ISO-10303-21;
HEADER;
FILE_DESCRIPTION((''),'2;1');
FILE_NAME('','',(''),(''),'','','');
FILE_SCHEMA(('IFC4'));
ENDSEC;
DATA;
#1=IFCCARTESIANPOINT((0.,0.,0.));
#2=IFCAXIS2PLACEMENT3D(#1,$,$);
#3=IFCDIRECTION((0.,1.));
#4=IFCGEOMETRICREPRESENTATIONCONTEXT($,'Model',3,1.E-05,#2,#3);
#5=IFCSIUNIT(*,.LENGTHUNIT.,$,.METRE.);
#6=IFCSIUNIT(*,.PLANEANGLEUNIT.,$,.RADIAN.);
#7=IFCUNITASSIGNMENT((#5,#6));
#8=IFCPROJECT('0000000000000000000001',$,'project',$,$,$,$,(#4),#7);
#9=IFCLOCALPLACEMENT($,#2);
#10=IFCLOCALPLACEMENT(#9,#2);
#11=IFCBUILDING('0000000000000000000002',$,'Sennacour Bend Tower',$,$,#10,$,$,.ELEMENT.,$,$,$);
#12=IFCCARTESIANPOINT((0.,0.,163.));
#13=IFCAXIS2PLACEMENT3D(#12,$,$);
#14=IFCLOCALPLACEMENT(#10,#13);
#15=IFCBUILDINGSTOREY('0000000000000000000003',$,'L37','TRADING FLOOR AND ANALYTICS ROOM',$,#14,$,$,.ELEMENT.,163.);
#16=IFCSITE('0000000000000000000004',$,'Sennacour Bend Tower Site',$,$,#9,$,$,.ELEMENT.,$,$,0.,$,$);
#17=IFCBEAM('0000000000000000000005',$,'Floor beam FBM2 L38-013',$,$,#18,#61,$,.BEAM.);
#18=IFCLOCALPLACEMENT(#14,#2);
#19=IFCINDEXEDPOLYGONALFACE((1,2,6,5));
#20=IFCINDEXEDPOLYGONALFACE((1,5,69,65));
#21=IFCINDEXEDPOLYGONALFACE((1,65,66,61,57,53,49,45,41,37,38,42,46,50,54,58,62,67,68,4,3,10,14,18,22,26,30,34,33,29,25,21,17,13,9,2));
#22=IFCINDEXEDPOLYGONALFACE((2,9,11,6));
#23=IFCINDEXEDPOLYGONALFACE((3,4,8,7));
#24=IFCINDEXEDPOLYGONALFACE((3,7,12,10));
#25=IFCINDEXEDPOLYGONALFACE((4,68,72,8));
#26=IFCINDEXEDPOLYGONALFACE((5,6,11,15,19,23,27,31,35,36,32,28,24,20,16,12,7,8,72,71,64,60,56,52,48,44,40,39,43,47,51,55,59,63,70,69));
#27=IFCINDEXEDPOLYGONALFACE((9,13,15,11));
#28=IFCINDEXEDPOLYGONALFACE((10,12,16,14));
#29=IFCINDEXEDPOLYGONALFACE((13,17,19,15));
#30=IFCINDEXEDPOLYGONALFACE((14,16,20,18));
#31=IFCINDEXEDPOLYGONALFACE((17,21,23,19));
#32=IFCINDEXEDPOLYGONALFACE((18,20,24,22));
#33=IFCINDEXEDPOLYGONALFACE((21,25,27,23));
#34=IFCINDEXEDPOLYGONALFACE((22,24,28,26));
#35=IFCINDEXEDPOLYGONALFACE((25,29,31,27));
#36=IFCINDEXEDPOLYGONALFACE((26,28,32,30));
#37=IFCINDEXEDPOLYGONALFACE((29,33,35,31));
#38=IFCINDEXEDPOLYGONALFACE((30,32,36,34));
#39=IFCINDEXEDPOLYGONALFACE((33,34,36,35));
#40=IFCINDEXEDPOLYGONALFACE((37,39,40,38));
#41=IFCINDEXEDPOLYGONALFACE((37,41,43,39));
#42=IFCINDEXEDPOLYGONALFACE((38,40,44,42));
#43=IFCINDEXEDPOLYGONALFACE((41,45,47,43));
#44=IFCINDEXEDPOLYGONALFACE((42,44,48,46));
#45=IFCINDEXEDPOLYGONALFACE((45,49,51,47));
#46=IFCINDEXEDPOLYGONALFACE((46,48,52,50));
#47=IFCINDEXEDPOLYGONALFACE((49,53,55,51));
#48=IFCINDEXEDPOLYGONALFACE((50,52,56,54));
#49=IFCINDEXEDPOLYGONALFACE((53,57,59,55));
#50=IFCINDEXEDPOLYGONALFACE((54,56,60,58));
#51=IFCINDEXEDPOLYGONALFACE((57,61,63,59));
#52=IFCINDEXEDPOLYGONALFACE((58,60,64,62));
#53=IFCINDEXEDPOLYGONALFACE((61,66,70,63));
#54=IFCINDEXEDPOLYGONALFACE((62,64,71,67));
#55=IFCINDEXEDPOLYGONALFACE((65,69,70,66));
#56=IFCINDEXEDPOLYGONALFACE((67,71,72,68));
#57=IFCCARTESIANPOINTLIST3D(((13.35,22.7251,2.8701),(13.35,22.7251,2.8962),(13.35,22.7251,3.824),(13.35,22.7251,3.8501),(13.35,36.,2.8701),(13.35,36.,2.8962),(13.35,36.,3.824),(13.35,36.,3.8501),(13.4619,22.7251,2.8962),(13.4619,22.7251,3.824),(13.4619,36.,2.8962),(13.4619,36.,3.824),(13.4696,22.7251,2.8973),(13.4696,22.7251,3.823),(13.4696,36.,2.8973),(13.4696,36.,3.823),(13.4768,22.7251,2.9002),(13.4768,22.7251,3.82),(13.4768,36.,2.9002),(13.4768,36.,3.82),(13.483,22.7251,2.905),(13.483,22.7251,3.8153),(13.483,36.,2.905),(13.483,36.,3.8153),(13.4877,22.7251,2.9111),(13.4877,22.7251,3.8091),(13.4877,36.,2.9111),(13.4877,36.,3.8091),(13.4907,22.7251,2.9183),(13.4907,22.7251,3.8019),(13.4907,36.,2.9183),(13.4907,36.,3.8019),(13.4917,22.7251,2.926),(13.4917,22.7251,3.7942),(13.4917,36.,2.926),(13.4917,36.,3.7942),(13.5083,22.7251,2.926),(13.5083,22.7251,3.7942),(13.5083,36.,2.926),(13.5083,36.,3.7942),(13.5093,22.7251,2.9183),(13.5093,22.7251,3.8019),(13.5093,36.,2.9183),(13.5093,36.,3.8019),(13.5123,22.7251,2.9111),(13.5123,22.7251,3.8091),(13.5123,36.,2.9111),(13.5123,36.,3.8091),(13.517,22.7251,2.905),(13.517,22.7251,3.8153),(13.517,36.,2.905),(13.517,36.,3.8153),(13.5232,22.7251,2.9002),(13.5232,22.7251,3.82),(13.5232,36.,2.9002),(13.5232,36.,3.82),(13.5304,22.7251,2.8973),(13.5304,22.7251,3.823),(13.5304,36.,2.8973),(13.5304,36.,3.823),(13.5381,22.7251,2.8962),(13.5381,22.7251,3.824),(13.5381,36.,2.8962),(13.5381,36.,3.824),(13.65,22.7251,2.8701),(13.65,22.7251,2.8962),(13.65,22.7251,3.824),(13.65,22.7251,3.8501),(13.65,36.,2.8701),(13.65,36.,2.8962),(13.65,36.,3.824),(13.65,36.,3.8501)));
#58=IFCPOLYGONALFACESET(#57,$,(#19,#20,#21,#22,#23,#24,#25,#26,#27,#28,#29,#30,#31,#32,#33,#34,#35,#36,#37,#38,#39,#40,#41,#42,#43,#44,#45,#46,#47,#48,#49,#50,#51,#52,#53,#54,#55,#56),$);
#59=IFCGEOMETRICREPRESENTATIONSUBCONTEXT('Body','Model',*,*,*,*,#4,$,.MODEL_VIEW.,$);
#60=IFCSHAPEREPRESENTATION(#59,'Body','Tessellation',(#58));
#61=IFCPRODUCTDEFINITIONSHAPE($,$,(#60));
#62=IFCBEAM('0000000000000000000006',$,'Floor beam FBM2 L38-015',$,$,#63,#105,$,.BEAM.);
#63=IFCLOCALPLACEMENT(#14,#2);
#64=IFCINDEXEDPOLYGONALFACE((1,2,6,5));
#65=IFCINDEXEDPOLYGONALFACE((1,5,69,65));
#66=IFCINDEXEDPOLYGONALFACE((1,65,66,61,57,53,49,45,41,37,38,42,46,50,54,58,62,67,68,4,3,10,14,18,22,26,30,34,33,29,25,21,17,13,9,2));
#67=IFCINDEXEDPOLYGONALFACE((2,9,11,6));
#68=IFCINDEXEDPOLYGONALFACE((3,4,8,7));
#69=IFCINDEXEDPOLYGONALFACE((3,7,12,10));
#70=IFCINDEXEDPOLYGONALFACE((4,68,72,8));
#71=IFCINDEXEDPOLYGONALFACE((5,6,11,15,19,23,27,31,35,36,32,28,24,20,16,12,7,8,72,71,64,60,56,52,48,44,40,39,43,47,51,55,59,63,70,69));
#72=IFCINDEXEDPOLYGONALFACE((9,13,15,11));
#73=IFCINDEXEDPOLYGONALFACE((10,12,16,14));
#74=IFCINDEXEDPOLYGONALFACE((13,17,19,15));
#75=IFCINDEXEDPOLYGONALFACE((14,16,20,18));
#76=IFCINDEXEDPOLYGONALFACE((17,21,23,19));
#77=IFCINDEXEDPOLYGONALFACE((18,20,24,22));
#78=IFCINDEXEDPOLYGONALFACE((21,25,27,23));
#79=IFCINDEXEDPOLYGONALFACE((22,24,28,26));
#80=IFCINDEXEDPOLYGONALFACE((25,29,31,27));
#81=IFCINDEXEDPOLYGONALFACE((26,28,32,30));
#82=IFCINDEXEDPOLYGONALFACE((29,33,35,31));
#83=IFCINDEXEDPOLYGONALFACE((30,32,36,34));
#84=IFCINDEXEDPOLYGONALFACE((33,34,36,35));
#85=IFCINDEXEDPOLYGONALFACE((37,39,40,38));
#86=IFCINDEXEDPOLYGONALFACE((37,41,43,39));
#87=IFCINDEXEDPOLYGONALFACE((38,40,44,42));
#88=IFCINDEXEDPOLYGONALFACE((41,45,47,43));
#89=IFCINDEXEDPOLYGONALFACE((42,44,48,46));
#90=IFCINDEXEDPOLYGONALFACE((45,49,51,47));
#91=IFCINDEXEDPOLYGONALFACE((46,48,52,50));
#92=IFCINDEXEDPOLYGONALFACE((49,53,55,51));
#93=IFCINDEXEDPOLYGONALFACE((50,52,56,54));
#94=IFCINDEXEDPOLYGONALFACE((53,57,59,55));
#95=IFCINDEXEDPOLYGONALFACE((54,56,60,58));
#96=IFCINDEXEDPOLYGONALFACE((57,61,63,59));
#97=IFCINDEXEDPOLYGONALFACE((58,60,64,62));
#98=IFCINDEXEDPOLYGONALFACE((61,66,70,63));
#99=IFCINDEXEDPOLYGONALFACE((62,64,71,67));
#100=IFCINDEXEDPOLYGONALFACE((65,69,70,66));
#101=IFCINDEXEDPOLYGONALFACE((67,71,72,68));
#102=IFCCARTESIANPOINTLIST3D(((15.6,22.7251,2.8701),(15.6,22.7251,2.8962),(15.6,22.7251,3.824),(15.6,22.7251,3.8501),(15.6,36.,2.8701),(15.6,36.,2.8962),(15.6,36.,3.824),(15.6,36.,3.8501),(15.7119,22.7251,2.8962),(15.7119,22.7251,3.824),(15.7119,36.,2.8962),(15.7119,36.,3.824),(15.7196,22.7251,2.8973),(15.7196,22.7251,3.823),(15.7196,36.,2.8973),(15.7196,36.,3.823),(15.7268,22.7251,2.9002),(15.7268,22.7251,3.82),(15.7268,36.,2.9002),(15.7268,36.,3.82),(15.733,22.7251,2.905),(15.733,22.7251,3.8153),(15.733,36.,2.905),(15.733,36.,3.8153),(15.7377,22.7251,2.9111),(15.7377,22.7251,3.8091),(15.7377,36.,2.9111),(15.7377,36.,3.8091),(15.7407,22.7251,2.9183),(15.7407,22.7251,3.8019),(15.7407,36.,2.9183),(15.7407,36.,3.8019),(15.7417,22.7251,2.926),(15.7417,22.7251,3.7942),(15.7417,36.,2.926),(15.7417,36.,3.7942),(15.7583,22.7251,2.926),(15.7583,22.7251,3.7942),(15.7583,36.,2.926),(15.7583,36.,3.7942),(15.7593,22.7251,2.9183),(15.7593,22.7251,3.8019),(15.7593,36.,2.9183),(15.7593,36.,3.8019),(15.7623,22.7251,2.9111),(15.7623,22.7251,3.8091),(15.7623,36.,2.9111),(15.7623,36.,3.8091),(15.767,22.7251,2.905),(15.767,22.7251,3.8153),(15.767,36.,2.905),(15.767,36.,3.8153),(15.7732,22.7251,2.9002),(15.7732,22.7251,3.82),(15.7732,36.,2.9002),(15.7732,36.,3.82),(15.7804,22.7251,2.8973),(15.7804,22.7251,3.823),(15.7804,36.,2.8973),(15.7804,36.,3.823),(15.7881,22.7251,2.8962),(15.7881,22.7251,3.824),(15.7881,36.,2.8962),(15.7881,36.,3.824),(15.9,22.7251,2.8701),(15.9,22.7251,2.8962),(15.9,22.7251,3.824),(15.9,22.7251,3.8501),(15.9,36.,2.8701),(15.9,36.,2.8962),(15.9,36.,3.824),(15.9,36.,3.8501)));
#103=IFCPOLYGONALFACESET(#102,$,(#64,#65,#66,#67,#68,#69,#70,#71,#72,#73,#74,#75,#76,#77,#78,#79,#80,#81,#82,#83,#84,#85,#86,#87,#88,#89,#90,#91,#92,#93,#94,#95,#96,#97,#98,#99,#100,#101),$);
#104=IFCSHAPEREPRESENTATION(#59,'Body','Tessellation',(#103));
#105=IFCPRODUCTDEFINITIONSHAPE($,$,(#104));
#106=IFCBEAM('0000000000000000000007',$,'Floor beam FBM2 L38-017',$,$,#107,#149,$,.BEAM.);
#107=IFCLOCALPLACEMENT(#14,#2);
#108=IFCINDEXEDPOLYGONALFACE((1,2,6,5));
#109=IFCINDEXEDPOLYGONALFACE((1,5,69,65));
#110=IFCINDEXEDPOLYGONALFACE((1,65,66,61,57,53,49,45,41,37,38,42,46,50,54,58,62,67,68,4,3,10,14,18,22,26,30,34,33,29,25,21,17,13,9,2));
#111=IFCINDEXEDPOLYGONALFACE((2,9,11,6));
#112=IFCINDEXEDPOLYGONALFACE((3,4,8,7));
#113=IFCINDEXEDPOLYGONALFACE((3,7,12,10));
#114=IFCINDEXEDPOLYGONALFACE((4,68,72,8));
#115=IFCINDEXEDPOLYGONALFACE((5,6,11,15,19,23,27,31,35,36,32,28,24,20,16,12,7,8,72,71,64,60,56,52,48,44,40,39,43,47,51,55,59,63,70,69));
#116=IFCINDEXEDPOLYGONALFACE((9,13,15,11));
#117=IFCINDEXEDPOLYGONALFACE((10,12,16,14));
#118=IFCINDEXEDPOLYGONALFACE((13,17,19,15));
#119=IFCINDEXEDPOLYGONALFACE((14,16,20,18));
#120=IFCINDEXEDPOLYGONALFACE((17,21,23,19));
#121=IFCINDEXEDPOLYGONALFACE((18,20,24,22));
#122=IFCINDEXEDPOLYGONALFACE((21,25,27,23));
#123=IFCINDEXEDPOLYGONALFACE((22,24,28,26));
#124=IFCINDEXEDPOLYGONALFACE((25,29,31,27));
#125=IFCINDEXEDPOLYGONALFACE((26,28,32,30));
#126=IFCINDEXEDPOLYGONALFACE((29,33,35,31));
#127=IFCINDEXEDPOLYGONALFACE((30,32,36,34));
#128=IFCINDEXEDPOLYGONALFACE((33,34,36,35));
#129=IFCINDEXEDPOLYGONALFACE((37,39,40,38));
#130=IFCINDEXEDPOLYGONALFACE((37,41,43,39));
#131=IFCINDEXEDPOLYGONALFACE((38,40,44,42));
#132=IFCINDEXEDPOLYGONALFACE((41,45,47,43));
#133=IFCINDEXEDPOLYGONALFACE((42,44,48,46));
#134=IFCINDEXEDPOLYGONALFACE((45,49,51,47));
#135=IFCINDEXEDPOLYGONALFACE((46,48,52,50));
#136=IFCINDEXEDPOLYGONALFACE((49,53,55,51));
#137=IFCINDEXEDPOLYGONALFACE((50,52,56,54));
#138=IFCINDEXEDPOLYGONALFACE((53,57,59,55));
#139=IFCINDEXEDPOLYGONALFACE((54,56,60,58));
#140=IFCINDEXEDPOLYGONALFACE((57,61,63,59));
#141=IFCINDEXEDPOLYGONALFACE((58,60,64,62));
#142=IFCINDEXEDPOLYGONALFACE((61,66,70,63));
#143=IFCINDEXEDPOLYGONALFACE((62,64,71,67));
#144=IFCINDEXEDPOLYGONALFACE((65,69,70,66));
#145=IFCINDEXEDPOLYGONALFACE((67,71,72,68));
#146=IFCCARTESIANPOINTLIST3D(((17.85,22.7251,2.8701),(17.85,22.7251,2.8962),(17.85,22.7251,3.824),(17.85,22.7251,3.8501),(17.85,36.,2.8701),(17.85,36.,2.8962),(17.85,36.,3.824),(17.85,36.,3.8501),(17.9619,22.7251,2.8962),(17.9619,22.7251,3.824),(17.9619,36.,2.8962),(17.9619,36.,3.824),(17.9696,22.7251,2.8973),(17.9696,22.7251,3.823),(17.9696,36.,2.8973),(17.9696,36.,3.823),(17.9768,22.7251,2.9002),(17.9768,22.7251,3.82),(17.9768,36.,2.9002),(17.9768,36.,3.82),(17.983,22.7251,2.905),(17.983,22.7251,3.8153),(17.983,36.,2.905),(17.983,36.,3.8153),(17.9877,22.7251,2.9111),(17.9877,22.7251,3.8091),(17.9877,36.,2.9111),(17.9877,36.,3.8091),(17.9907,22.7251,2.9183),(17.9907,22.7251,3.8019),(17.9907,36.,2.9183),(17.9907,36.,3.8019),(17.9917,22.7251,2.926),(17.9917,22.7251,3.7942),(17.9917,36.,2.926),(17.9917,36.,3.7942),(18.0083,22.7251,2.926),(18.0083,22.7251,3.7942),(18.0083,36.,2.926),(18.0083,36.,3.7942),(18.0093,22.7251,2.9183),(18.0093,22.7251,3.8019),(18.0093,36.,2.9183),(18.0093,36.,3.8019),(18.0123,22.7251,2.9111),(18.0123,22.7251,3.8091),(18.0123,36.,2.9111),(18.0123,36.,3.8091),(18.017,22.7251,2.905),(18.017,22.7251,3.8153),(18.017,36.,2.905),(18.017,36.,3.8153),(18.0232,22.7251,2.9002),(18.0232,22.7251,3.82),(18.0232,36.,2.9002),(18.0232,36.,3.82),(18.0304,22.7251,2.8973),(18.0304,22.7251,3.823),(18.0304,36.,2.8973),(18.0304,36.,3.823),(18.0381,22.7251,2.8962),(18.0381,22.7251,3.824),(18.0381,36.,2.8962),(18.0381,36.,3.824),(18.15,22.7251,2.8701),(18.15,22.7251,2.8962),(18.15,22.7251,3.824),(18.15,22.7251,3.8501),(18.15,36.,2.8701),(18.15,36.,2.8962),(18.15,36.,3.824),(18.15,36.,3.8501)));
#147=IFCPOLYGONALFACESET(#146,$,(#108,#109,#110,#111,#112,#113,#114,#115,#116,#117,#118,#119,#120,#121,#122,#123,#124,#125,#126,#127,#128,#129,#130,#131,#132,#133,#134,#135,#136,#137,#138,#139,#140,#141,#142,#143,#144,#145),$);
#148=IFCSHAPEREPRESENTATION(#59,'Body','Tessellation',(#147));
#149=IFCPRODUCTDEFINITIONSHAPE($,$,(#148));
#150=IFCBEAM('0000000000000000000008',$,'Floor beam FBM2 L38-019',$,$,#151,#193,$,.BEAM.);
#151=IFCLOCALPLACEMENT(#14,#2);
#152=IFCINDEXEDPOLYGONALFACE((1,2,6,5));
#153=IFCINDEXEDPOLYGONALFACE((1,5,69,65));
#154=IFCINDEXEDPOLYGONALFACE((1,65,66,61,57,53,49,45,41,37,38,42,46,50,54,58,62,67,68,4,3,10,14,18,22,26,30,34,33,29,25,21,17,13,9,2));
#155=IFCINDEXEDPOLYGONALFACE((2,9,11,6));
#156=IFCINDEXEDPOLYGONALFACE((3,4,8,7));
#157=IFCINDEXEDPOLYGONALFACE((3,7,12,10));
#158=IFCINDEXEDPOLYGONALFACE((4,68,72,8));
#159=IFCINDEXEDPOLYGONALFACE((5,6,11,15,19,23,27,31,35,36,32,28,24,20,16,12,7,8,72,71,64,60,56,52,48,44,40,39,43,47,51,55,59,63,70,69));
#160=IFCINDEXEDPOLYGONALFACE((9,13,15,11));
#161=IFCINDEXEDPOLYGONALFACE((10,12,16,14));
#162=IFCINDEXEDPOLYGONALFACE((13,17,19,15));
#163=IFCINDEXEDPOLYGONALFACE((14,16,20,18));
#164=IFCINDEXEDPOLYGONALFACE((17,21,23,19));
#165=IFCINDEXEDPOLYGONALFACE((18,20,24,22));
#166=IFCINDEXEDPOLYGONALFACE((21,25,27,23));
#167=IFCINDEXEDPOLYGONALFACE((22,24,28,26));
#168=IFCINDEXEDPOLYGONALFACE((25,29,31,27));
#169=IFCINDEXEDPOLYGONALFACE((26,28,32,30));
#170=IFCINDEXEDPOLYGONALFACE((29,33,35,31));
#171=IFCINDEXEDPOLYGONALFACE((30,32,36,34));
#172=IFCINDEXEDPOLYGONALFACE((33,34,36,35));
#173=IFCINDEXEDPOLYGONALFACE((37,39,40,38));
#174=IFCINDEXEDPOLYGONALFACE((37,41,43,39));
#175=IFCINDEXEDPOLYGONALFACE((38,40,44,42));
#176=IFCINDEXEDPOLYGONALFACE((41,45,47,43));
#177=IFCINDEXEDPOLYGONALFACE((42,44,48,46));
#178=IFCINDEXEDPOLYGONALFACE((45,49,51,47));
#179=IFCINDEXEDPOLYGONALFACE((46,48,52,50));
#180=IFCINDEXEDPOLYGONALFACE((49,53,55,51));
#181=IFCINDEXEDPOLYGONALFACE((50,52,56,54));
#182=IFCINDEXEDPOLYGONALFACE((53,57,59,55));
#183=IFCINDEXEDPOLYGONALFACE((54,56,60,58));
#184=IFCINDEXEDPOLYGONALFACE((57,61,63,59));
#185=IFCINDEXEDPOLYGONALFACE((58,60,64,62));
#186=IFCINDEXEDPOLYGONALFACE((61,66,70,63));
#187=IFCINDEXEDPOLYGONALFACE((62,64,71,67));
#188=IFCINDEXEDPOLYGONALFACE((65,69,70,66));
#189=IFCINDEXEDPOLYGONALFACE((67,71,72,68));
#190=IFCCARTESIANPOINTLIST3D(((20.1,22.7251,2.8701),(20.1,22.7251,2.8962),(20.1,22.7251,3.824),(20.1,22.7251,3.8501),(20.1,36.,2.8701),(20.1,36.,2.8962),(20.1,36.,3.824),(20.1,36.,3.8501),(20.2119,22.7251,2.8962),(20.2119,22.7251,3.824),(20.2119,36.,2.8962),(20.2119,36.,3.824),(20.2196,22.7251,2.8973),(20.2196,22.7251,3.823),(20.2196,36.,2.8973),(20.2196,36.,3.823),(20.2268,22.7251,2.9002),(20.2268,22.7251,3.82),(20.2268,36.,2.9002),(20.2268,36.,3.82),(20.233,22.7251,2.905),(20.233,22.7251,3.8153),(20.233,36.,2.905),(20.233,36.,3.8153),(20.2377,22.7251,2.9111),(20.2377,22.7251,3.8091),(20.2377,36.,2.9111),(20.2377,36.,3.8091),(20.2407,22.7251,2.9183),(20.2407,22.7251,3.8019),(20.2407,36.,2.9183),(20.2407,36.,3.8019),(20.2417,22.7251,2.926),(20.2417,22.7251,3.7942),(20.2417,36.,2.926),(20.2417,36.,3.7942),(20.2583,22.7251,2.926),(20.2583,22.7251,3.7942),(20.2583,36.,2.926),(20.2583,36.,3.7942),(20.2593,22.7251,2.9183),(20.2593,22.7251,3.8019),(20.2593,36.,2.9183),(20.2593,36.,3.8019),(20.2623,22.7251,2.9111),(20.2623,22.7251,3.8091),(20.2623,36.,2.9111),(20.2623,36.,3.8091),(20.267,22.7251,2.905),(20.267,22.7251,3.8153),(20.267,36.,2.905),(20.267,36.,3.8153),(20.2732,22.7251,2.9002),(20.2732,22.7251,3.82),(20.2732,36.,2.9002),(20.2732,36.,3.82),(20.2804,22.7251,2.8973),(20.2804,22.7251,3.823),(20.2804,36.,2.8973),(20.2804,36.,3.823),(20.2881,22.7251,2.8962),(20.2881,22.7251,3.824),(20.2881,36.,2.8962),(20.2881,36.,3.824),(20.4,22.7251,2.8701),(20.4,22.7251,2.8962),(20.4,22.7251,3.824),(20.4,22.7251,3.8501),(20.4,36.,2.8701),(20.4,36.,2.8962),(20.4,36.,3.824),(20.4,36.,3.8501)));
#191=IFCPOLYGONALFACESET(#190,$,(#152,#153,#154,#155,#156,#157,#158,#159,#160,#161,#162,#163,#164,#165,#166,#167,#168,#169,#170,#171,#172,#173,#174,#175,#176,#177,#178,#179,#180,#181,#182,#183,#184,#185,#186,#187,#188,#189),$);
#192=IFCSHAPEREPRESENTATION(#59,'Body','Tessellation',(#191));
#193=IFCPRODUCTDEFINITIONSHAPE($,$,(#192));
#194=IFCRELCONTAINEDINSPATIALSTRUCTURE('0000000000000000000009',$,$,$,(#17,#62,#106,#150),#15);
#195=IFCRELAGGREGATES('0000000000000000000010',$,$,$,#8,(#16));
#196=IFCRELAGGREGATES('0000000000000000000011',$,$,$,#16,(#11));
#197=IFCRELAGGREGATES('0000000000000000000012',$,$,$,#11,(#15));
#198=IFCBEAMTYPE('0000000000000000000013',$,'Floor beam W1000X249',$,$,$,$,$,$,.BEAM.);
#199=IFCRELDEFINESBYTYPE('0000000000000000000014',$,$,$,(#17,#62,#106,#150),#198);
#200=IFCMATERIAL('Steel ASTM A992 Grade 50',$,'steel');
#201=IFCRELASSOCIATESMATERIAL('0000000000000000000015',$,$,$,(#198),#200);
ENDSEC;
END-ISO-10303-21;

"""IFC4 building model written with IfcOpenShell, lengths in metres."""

from ifc_helpers import new_model, si_unit, direction, frame, origin, origin_2d, place, context, subcontext, project, spatial, i_section, extrude, material, material_profile, profile_set, type_object, element, save


model = new_model("IFC4")

# Units and contexts
model_context = context("Model", 3, precision=1e-05, world=origin(), true_north=direction((0.0, 1.0)))
body_context = subcontext(model_context, "Body", "Model", "MODEL_VIEW")
ifc_project = project(units=[si_unit("LENGTHUNIT", "METRE"), si_unit("PLANEANGLEUNIT", "RADIAN")], contexts=[model_context])

# Site, building, storey
site_placement = place(None, origin())
site = spatial("IfcSite", under=ifc_project, at=site_placement, Name="Sennacour Bend Tower Site", CompositionType="ELEMENT", RefElevation=0.0)
building_placement = place(site_placement, origin())
building = spatial("IfcBuilding", under=site, at=building_placement, Name="Sennacour Bend Tower", CompositionType="ELEMENT")
storey_placement = place(building_placement, frame((0.0, 0.0, 163.0)))
storey = spatial("IfcBuildingStorey", under=building, at=storey_placement, Name="L37", Description="TRADING FLOOR AND ANALYTICS ROOM", CompositionType="ELEMENT", Elevation=163.0)

# Beams
ifc_material_1 = material(Name="Steel ASTM A992 Grade 50", Category="steel")
ifc_material_profile_1 = material_profile(ifc_material_1, i_section(OverallWidth=0.3, OverallDepth=0.98, WebThickness=0.0166, FlangeThickness=0.0261, FilletRadius=0.0298, at=origin_2d()), Name="Steel ASTM A992 Grade 50", Category="steel")
ifc_profile_set_1 = profile_set([ifc_material_profile_1], Name="Steel ASTM A992 Grade 50")
beam_type_1 = type_object("IfcBeamType", Name="Floor beam W1000X249", PredefinedType="BEAM", material=ifc_profile_set_1)
for number, where, z_axis, x_axis, name in (
    (1, (13.5, 22.7251, 3.3601), (0.0, 1.0, 0.0), (-1.0, 0.0, 0.0), "Floor beam FBM2 L38-013"),
    (2, (15.75, 22.7251, 3.3601), (0.0, 1.0, 0.0), (-1.0, 0.0, 0.0), "Floor beam FBM2 L38-015"),
    (3, (18.0, 22.7251, 3.3601), (0.0, 1.0, 0.0), (-1.0, 0.0, 0.0), "Floor beam FBM2 L38-017"),
    (4, (20.25, 22.7251, 3.3601), (0.0, 1.0, 0.0), (-1.0, 0.0, 0.0), "Floor beam FBM2 L38-019"),
):
    element("IfcBeam", number, at=place(storey_placement, frame(where, z_axis=z_axis, x_axis=x_axis)), inside=storey, type_object=beam_type_1, Name=name, PredefinedType="BEAM", context=body_context, shape_type="SweptSolid", body=[
        extrude(i_section(OverallWidth=0.3, OverallDepth=0.98, WebThickness=0.0166, FlangeThickness=0.0261, FilletRadius=0.0298, at=origin_2d()), origin(), (0.0, 0.0, 1.0), 13.2749),
    ])

save(model, "model.ifc")
